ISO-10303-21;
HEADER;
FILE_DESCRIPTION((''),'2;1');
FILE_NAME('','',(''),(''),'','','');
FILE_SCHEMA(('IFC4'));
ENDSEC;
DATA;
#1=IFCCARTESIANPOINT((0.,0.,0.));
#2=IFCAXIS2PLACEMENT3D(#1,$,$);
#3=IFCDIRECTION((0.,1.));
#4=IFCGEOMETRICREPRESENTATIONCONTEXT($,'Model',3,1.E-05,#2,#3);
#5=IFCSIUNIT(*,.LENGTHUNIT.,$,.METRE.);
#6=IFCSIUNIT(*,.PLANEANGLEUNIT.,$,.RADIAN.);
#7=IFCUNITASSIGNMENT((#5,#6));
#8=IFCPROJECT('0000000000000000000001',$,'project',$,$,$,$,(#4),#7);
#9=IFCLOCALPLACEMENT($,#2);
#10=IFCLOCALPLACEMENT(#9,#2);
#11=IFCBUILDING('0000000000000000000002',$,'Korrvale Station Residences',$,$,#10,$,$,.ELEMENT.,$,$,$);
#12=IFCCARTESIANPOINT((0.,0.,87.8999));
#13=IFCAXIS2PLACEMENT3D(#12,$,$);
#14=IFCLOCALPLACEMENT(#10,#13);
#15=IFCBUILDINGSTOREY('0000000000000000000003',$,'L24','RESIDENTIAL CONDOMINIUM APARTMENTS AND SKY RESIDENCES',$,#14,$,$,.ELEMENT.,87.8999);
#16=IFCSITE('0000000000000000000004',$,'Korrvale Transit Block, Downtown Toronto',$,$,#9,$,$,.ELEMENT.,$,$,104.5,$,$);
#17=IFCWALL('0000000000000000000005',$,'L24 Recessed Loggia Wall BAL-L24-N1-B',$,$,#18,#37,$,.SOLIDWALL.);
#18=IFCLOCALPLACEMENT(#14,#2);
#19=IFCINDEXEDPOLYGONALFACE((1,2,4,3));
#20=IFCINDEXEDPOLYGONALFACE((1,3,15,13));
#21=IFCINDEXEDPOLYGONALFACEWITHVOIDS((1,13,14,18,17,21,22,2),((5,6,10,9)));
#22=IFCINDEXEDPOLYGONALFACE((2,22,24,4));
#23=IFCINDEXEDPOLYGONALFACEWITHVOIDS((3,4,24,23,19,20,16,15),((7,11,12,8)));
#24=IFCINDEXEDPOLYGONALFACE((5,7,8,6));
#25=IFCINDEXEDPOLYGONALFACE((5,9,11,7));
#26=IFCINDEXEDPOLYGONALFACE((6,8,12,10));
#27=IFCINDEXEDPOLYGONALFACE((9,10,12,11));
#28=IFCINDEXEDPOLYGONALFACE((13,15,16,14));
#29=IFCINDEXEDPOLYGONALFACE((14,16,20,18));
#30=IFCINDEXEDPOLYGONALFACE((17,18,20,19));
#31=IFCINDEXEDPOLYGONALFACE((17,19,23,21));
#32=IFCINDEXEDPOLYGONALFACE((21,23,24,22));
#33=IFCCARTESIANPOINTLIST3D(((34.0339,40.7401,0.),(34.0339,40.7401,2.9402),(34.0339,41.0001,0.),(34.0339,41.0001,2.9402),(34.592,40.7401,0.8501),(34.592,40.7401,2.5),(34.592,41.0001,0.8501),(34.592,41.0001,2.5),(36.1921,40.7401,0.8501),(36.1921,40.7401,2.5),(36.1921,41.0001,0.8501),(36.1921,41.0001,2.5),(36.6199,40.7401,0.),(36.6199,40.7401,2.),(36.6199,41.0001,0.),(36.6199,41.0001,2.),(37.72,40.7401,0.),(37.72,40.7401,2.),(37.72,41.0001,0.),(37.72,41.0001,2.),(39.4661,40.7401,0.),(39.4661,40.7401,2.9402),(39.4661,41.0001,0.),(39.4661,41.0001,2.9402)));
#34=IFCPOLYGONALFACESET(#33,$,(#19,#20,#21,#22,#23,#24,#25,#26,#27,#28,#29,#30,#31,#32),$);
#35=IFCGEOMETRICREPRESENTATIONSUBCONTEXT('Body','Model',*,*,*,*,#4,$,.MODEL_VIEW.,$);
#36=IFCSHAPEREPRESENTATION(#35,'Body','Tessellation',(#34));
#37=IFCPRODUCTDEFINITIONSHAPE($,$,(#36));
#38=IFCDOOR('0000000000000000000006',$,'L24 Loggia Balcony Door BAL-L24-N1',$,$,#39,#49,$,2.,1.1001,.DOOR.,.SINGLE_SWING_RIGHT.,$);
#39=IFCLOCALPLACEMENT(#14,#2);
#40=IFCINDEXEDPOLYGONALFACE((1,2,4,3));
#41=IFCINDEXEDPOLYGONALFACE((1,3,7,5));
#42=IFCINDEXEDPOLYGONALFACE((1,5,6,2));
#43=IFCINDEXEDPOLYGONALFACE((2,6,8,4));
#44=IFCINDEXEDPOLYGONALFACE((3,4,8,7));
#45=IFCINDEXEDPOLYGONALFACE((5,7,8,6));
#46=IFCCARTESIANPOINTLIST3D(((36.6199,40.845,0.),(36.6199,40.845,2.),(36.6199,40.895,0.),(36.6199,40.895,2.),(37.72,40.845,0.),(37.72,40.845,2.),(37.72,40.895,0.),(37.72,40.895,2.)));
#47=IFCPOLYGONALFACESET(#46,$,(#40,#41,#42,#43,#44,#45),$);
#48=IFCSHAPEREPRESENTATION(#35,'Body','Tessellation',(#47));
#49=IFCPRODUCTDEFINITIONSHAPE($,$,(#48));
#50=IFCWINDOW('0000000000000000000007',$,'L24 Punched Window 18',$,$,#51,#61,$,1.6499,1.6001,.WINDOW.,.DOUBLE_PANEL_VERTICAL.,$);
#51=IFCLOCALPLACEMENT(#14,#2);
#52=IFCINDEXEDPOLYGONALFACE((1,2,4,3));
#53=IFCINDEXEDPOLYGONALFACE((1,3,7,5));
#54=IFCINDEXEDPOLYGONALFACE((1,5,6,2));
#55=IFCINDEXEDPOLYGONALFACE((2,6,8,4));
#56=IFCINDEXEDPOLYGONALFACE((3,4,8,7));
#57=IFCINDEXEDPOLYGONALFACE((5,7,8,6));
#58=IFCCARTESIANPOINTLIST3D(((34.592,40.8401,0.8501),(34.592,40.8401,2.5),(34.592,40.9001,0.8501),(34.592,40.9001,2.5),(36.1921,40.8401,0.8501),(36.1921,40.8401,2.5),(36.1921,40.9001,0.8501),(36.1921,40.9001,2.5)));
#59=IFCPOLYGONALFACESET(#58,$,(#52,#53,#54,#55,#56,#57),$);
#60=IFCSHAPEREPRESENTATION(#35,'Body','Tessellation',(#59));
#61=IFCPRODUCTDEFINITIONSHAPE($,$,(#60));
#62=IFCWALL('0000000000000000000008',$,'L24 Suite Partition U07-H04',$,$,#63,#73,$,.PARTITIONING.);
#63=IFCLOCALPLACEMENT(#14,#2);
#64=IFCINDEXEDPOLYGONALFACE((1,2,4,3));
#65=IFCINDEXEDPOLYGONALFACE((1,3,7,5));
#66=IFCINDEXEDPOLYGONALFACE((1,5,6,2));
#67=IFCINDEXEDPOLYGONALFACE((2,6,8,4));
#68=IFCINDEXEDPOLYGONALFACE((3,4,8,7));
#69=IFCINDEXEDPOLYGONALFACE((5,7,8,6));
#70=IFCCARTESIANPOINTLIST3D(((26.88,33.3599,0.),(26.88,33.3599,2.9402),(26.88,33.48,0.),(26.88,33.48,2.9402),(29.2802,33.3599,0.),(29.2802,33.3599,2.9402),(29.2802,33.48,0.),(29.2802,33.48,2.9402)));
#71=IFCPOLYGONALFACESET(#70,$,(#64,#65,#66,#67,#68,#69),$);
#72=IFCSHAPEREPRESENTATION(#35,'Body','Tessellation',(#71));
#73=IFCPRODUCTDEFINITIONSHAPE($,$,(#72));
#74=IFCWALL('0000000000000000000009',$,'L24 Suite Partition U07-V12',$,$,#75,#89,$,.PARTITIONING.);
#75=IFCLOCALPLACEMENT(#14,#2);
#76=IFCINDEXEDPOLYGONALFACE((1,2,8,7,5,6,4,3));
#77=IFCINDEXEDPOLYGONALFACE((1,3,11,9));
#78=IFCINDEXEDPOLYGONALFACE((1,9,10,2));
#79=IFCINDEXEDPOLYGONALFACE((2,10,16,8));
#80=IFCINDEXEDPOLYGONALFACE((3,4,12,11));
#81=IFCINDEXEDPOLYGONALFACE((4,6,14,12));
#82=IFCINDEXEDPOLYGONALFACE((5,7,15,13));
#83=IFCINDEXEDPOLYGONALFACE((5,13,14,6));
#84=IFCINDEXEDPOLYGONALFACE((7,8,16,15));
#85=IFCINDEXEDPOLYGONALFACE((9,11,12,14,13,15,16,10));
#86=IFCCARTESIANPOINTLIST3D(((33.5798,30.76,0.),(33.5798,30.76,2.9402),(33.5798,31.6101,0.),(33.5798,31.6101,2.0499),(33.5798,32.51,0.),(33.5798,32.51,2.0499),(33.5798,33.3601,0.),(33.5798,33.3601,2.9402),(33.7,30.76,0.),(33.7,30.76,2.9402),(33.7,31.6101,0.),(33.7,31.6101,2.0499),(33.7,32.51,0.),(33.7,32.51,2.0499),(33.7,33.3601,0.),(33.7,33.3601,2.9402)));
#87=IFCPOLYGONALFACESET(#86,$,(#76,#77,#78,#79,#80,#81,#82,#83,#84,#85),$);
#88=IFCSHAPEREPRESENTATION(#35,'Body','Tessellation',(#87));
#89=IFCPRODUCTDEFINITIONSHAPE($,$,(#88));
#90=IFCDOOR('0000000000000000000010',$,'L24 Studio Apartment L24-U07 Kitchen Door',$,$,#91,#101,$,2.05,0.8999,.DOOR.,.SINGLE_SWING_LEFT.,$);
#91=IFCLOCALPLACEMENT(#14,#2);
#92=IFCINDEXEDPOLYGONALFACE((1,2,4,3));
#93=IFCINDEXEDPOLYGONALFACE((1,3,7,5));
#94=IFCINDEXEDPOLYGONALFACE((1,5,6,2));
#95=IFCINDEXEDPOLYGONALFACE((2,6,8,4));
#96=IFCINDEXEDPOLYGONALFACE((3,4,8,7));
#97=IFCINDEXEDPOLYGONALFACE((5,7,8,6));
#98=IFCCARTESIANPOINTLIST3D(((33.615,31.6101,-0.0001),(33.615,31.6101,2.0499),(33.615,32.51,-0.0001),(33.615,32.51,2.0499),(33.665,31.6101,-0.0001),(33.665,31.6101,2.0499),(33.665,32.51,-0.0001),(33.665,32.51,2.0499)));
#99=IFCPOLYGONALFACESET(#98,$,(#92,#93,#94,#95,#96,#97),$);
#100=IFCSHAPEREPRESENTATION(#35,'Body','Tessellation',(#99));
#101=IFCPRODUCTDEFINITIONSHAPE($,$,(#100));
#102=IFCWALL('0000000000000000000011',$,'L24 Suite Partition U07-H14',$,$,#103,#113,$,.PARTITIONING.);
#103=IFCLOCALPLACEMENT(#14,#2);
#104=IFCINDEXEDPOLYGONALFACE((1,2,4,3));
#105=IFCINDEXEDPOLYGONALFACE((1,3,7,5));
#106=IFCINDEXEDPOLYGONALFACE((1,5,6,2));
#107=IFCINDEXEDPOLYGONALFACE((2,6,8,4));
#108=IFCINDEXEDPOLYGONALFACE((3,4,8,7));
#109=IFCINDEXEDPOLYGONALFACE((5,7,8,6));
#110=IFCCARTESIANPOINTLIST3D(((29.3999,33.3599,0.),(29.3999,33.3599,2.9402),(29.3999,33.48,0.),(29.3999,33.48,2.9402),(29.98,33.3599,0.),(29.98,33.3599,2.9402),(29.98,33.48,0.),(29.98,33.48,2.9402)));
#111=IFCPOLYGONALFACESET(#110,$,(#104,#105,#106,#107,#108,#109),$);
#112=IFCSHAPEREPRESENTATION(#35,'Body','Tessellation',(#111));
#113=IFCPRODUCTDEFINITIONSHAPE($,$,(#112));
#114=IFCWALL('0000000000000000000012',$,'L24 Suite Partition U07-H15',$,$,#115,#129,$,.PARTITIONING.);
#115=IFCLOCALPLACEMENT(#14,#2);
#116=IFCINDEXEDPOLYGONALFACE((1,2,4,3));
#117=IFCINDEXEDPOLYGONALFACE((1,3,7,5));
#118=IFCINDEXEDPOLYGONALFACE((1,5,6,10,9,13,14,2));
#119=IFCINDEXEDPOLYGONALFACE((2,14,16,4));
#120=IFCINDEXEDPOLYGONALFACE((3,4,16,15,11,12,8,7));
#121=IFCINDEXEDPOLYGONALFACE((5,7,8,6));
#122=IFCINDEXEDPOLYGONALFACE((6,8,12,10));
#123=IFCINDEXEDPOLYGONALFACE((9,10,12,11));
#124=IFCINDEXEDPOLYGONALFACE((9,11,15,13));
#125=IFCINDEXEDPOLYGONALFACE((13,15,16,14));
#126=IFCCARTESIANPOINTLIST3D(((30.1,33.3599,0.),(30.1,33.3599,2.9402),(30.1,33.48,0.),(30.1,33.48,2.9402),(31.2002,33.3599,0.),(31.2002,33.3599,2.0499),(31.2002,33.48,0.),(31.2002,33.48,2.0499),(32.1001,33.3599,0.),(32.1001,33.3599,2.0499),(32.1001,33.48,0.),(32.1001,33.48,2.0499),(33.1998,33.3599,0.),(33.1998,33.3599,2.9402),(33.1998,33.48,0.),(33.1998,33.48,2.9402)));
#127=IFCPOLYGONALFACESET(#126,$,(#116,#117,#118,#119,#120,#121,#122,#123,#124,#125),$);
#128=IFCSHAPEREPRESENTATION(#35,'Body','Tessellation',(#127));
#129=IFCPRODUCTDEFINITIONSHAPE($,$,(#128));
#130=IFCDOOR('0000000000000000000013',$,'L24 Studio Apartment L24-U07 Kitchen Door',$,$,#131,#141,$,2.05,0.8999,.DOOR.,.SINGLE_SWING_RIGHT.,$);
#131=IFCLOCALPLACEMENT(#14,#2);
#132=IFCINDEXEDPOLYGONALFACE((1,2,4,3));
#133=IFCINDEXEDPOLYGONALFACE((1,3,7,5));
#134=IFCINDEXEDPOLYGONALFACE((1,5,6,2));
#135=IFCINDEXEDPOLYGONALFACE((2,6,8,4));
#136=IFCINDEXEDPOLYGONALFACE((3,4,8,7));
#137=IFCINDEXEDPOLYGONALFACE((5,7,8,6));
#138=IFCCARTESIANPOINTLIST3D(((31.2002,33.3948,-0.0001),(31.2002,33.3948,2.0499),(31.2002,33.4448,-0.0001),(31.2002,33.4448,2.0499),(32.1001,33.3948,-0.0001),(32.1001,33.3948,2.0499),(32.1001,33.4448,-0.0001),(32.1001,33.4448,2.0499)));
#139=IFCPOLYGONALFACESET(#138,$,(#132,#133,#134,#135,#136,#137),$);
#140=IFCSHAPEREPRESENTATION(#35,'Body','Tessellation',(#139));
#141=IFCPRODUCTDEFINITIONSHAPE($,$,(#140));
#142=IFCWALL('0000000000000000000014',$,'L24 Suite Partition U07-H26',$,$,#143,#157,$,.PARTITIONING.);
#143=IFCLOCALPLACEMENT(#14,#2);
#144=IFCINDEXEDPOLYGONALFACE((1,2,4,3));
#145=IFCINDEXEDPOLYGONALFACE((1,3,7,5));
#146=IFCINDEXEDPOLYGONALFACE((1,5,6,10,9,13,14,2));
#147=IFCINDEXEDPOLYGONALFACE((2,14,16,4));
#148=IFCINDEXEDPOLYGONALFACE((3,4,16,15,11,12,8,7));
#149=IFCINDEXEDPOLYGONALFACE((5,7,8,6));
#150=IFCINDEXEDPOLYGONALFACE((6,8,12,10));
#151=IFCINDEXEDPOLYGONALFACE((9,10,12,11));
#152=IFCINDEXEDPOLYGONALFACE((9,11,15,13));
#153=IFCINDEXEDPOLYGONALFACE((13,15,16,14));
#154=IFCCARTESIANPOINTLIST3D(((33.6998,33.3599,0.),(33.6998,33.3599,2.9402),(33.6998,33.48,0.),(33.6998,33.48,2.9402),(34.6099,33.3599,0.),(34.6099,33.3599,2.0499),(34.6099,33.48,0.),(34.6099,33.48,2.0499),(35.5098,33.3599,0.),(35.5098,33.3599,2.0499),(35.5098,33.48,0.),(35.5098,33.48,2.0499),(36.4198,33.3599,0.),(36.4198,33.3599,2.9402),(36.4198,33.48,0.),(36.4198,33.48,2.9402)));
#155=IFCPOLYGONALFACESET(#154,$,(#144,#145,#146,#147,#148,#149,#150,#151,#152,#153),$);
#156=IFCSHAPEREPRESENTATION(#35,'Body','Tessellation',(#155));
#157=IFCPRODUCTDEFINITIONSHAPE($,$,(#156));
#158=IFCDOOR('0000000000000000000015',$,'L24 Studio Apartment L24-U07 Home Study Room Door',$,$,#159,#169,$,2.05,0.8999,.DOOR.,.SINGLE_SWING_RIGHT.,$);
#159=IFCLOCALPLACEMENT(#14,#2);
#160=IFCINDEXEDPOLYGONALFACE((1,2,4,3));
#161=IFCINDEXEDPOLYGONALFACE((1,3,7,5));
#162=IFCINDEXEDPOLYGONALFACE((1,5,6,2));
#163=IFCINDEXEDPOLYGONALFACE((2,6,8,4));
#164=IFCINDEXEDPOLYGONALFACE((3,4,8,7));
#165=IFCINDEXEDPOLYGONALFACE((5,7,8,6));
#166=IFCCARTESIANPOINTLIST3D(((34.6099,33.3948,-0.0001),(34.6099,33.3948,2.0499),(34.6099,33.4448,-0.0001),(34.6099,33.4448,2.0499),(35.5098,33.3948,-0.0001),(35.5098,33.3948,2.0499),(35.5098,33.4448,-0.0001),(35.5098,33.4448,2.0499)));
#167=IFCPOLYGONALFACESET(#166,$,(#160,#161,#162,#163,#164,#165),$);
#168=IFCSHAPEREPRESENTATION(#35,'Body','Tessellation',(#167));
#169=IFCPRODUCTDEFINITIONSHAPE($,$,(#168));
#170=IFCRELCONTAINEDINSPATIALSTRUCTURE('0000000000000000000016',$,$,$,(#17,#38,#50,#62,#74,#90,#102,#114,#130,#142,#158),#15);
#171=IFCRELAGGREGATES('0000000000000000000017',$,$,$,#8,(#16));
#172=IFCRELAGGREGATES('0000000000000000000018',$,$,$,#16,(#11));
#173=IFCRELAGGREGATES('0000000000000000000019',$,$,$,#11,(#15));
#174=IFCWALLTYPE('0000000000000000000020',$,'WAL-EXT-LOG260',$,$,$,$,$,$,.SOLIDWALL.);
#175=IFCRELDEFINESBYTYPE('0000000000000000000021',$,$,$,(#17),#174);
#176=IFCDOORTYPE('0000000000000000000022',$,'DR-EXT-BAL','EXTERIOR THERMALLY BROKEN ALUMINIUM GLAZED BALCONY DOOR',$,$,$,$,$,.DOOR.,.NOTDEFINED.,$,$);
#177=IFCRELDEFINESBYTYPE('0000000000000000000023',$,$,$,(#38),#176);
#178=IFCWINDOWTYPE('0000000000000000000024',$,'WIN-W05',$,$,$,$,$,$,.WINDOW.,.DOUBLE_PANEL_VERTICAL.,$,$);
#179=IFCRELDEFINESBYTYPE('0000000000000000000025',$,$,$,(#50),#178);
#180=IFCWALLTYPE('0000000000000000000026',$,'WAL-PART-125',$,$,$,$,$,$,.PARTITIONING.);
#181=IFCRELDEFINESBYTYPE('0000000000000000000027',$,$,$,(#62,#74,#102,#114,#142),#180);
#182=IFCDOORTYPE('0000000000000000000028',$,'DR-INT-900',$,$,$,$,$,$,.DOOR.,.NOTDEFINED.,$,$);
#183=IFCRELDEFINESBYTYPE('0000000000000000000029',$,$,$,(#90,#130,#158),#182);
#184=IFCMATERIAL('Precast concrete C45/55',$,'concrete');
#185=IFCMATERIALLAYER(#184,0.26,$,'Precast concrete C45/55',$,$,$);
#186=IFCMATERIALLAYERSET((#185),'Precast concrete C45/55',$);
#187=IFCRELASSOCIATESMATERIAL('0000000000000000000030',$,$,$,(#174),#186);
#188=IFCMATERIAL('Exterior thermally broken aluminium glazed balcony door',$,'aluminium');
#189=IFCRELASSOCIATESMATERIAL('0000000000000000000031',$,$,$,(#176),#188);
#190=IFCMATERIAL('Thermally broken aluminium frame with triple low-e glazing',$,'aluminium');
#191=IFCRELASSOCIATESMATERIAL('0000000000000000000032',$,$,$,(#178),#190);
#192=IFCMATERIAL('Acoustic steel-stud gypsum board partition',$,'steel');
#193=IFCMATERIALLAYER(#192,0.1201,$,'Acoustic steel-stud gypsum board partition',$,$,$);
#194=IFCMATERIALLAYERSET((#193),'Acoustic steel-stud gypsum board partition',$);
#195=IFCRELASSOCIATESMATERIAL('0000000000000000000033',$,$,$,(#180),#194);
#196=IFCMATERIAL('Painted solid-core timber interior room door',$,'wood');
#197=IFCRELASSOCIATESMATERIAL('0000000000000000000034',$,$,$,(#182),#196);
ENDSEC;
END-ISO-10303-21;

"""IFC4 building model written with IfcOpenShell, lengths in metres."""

from ifc_helpers import new_model, si_unit, direction, frame, frame_2d, origin, place, context, subcontext, project, spatial, rectangle, extrude, material, layer, layer_set, type_object, element, fill, save


model = new_model("IFC4")

# Units and contexts
model_context = context("Model", 3, precision=1e-05, world=origin(), true_north=direction((0.0, 1.0)))
body_context = subcontext(model_context, "Body", "Model", "MODEL_VIEW")
ifc_project = project(units=[si_unit("LENGTHUNIT", "METRE"), si_unit("PLANEANGLEUNIT", "RADIAN")], contexts=[model_context])

# Site, building, storey
site_placement = place(None, origin())
site = spatial("IfcSite", under=ifc_project, at=site_placement, Name="Korrvale Transit Block, Downtown Toronto", CompositionType="ELEMENT", RefElevation=104.5)
building_placement = place(site_placement, origin())
building = spatial("IfcBuilding", under=site, at=building_placement, Name="Korrvale Station Residences", CompositionType="ELEMENT")
storey_placement = place(building_placement, frame((0.0, 0.0, 87.8999)))
storey = spatial("IfcBuildingStorey", under=building, at=storey_placement, Name="L24", Description="RESIDENTIAL CONDOMINIUM APARTMENTS AND SKY RESIDENCES", CompositionType="ELEMENT", Elevation=87.8999)

# Shared definitions
ifc_material_1 = material(Name="Precast concrete C45/55", Category="concrete")
ifc_layer_1 = layer(ifc_material_1, 0.26, Name="Precast concrete C45/55")
ifc_layer_set_1 = layer_set([ifc_layer_1], Name="Precast concrete C45/55")
wall_type_1 = type_object("IfcWallType", Name="WAL-EXT-LOG260", PredefinedType="SOLIDWALL", material=ifc_layer_set_1)

# Wall, openings, door, window
wall_1_placement = place(storey_placement, frame((34.0339, 40.8701, 0.0), z_axis=(0.0, 0.0, 1.0), x_axis=(1.0, 0.0, 0.0)))
wall_1 = element("IfcWall", 1, at=wall_1_placement, inside=storey, type_object=wall_type_1, Name="L24 Recessed Loggia Wall BAL-L24-N1-B", PredefinedType="SOLIDWALL", context=body_context, shape_type="SweptSolid", body=[
    extrude(rectangle(XDim=5.4321, YDim=0.26, at=frame_2d((2.7161, 0.0))), origin(), (0.0, 0.0, 1.0), 2.9402),
])
opening_1_placement = place(wall_1_placement, frame((2.5859, 0.0, 0.0)))
opening_1 = element("IfcOpeningElement", 2, at=opening_1_placement, cuts=wall_1, PredefinedType="OPENING", context=body_context, shape_type="SweptSolid", body=[
    extrude(rectangle(XDim=1.1001, YDim=2.0, at=frame_2d((0.55, 1.0))), frame((0.0, 0.1401, 0.0), z_axis=(0.0, -1.0, 0.0), x_axis=(1.0, 0.0, 0.0)), (0.0, 0.0, 1.0), 0.28),
])
opening_2_placement = place(wall_1_placement, frame((0.5581, 0.0, 0.8501)))
opening_2 = element("IfcOpeningElement", 3, at=opening_2_placement, cuts=wall_1, PredefinedType="OPENING", context=body_context, shape_type="SweptSolid", body=[
    extrude(rectangle(XDim=1.6001, YDim=1.6499, at=frame_2d((0.8, 0.825))), frame((0.0, 0.1401, 0.0), z_axis=(0.0, -1.0, 0.0), x_axis=(1.0, 0.0, 0.0)), (0.0, 0.0, 1.0), 0.28),
])
ifc_material_2 = material(Name="Exterior thermally broken aluminium glazed balcony door", Category="aluminium")
door_type_1 = type_object("IfcDoorType", Name="DR-EXT-BAL", Description="EXTERIOR THERMALLY BROKEN ALUMINIUM GLAZED BALCONY DOOR", OperationType="NOTDEFINED", PredefinedType="DOOR", material=ifc_material_2)
door_1_placement = place(opening_1_placement, origin())
door_1 = element("IfcDoor", 4, at=door_1_placement, inside=storey, type_object=door_type_1, Name="L24 Loggia Balcony Door BAL-L24-N1", OperationType="SINGLE_SWING_RIGHT", OverallHeight=2.0, OverallWidth=1.1001, PredefinedType="DOOR", context=body_context, shape_type="SweptSolid", body=[
    extrude(rectangle(XDim=1.1001, YDim=2.0, at=frame_2d((0.55, 1.0))), frame((0.0, 0.0249, 0.0), z_axis=(0.0, -1.0, 0.0), x_axis=(1.0, 0.0, 0.0)), (0.0, 0.0, 1.0), 0.05),
])
fill(opening_1, door_1)
ifc_material_3 = material(Name="Thermally broken aluminium frame with triple low-e glazing", Category="aluminium")
window_type = type_object("IfcWindowType", Name="WIN-W05", PartitioningType="DOUBLE_PANEL_VERTICAL", PredefinedType="WINDOW", material=ifc_material_3)
window_placement = place(opening_2_placement, origin())
window = element("IfcWindow", 5, at=window_placement, inside=storey, type_object=window_type, Name="L24 Punched Window 18", OverallHeight=1.6499, OverallWidth=1.6001, PartitioningType="DOUBLE_PANEL_VERTICAL", PredefinedType="WINDOW", context=body_context, shape_type="SweptSolid", body=[
    extrude(rectangle(XDim=1.6001, YDim=1.6499, at=frame_2d((0.8, 0.825))), frame((0.0, 0.03, 0.0), z_axis=(0.0, -1.0, 0.0), x_axis=(1.0, 0.0, 0.0)), (0.0, 0.0, 1.0), 0.0601),
])
fill(opening_2, window)

# Wall
ifc_material_4 = material(Name="Acoustic steel-stud gypsum board partition", Category="steel")
ifc_layer_2 = layer(ifc_material_4, 0.1201, Name="Acoustic steel-stud gypsum board partition")
ifc_layer_set_2 = layer_set([ifc_layer_2], Name="Acoustic steel-stud gypsum board partition")
wall_type_2 = type_object("IfcWallType", Name="WAL-PART-125", PredefinedType="PARTITIONING", material=ifc_layer_set_2)
wall_2_placement = place(storey_placement, frame((26.8799, 33.4199, 0.0), z_axis=(0.0, 0.0, 1.0), x_axis=(1.0, 0.0, 0.0)))
element("IfcWall", 6, at=wall_2_placement, inside=storey, type_object=wall_type_2, Name="L24 Suite Partition U07-H04", PredefinedType="PARTITIONING", context=body_context, shape_type="SweptSolid", body=[
    extrude(rectangle(XDim=2.4001, YDim=0.1201, at=frame_2d((1.2002, 0.0))), origin(), (0.0, 0.0, 1.0), 2.9402),
])

# Wall, opening, door
wall_3_placement = place(storey_placement, frame((33.6399, 30.76, 0.0), z_axis=(0.0, 0.0, 1.0), x_axis=(0.0, 1.0, 0.0)))
wall_3 = element("IfcWall", 7, at=wall_3_placement, inside=storey, type_object=wall_type_2, Name="L24 Suite Partition U07-V12", PredefinedType="PARTITIONING", context=body_context, shape_type="SweptSolid", body=[
    extrude(rectangle(XDim=2.6001, YDim=0.1201, at=frame_2d((1.3, 0.0))), origin(), (0.0, 0.0, 1.0), 2.9402),
])
opening_3_placement = place(wall_3_placement, frame((0.8501, 0.0, 0.0)))
opening_3 = element("IfcOpeningElement", 8, at=opening_3_placement, cuts=wall_3, PredefinedType="OPENING", context=body_context, shape_type="SweptSolid", body=[
    extrude(rectangle(XDim=0.8999, YDim=2.05, at=frame_2d((0.45, 1.0249))), frame((0.0, 0.0701, 0.0), z_axis=(0.0, -1.0, 0.0), x_axis=(1.0, 0.0, 0.0)), (0.0, 0.0, 1.0), 0.1401),
])
ifc_material_5 = material(Name="Painted solid-core timber interior room door", Category="wood")
door_type_2 = type_object("IfcDoorType", Name="DR-INT-900", OperationType="NOTDEFINED", PredefinedType="DOOR", material=ifc_material_5)
door_2_placement = place(opening_3_placement, origin())
door_2 = element("IfcDoor", 9, at=door_2_placement, inside=storey, type_object=door_type_2, Name="L24 Studio Apartment L24-U07 Kitchen Door", OperationType="SINGLE_SWING_LEFT", OverallHeight=2.05, OverallWidth=0.8999, PredefinedType="DOOR", context=body_context, shape_type="SweptSolid", body=[
    extrude(rectangle(XDim=0.8999, YDim=2.05, at=frame_2d((0.45, 1.0249))), frame((0.0, 0.0249, 0.0), z_axis=(0.0, -1.0, 0.0), x_axis=(1.0, 0.0, 0.0)), (0.0, 0.0, 1.0), 0.05),
])
fill(opening_3, door_2)

# Wall
wall_4_placement = place(storey_placement, frame((29.3999, 33.4199, 0.0), z_axis=(0.0, 0.0, 1.0), x_axis=(1.0, 0.0, 0.0)))
element("IfcWall", 10, at=wall_4_placement, inside=storey, type_object=wall_type_2, Name="L24 Suite Partition U07-H14", PredefinedType="PARTITIONING", context=body_context, shape_type="SweptSolid", body=[
    extrude(rectangle(XDim=0.5801, YDim=0.1201, at=frame_2d((0.29, 0.0))), origin(), (0.0, 0.0, 1.0), 2.9402),
])

# Walls, openings, doors
wall_5_placement = place(storey_placement, frame((30.1001, 33.4199, 0.0), z_axis=(0.0, 0.0, 1.0), x_axis=(1.0, 0.0, 0.0)))
wall_5 = element("IfcWall", 11, at=wall_5_placement, inside=storey, type_object=wall_type_2, Name="L24 Suite Partition U07-H15", PredefinedType="PARTITIONING", context=body_context, shape_type="SweptSolid", body=[
    extrude(rectangle(XDim=3.0999, YDim=0.1201, at=frame_2d((1.5498, 0.0))), origin(), (0.0, 0.0, 1.0), 2.9402),
])
opening_4_placement = place(wall_5_placement, frame((1.1001, 0.0, 0.0)))
opening_4 = element("IfcOpeningElement", 12, at=opening_4_placement, cuts=wall_5, PredefinedType="OPENING", context=body_context, shape_type="SweptSolid", body=[
    extrude(rectangle(XDim=0.8999, YDim=2.05, at=frame_2d((0.45, 1.0249))), frame((0.0, 0.0701, 0.0), z_axis=(0.0, -1.0, 0.0), x_axis=(1.0, 0.0, 0.0)), (0.0, 0.0, 1.0), 0.1401),
])
door_3_placement = place(opening_4_placement, origin())
door_3 = element("IfcDoor", 13, at=door_3_placement, inside=storey, type_object=door_type_2, Name="L24 Studio Apartment L24-U07 Kitchen Door", OperationType="SINGLE_SWING_RIGHT", OverallHeight=2.05, OverallWidth=0.8999, PredefinedType="DOOR", context=body_context, shape_type="SweptSolid", body=[
    extrude(rectangle(XDim=0.8999, YDim=2.05, at=frame_2d((0.45, 1.0249))), frame((0.0, 0.0249, 0.0), z_axis=(0.0, -1.0, 0.0), x_axis=(1.0, 0.0, 0.0)), (0.0, 0.0, 1.0), 0.05),
])
fill(opening_4, door_3)
wall_6_placement = place(storey_placement, frame((33.7, 33.4199, 0.0), z_axis=(0.0, 0.0, 1.0), x_axis=(1.0, 0.0, 0.0)))
wall_6 = element("IfcWall", 14, at=wall_6_placement, inside=storey, type_object=wall_type_2, Name="L24 Suite Partition U07-H26", PredefinedType="PARTITIONING", context=body_context, shape_type="SweptSolid", body=[
    extrude(rectangle(XDim=2.72, YDim=0.1201, at=frame_2d((1.3599, 0.0))), origin(), (0.0, 0.0, 1.0), 2.9402),
])
opening_5_placement = place(wall_6_placement, frame((0.9099, 0.0, 0.0)))
opening_5 = element("IfcOpeningElement", 15, at=opening_5_placement, cuts=wall_6, PredefinedType="OPENING", context=body_context, shape_type="SweptSolid", body=[
    extrude(rectangle(XDim=0.8999, YDim=2.05, at=frame_2d((0.45, 1.0249))), frame((0.0, 0.0701, 0.0), z_axis=(0.0, -1.0, 0.0), x_axis=(1.0, 0.0, 0.0)), (0.0, 0.0, 1.0), 0.1401),
])
door_4_placement = place(opening_5_placement, origin())
door_4 = element("IfcDoor", 16, at=door_4_placement, inside=storey, type_object=door_type_2, Name="L24 Studio Apartment L24-U07 Home Study Room Door", OperationType="SINGLE_SWING_RIGHT", OverallHeight=2.05, OverallWidth=0.8999, PredefinedType="DOOR", context=body_context, shape_type="SweptSolid", body=[
    extrude(rectangle(XDim=0.8999, YDim=2.05, at=frame_2d((0.45, 1.0249))), frame((0.0, 0.0249, 0.0), z_axis=(0.0, -1.0, 0.0), x_axis=(1.0, 0.0, 0.0)), (0.0, 0.0, 1.0), 0.05),
])
fill(opening_5, door_4)

save(model, "model.ifc")
